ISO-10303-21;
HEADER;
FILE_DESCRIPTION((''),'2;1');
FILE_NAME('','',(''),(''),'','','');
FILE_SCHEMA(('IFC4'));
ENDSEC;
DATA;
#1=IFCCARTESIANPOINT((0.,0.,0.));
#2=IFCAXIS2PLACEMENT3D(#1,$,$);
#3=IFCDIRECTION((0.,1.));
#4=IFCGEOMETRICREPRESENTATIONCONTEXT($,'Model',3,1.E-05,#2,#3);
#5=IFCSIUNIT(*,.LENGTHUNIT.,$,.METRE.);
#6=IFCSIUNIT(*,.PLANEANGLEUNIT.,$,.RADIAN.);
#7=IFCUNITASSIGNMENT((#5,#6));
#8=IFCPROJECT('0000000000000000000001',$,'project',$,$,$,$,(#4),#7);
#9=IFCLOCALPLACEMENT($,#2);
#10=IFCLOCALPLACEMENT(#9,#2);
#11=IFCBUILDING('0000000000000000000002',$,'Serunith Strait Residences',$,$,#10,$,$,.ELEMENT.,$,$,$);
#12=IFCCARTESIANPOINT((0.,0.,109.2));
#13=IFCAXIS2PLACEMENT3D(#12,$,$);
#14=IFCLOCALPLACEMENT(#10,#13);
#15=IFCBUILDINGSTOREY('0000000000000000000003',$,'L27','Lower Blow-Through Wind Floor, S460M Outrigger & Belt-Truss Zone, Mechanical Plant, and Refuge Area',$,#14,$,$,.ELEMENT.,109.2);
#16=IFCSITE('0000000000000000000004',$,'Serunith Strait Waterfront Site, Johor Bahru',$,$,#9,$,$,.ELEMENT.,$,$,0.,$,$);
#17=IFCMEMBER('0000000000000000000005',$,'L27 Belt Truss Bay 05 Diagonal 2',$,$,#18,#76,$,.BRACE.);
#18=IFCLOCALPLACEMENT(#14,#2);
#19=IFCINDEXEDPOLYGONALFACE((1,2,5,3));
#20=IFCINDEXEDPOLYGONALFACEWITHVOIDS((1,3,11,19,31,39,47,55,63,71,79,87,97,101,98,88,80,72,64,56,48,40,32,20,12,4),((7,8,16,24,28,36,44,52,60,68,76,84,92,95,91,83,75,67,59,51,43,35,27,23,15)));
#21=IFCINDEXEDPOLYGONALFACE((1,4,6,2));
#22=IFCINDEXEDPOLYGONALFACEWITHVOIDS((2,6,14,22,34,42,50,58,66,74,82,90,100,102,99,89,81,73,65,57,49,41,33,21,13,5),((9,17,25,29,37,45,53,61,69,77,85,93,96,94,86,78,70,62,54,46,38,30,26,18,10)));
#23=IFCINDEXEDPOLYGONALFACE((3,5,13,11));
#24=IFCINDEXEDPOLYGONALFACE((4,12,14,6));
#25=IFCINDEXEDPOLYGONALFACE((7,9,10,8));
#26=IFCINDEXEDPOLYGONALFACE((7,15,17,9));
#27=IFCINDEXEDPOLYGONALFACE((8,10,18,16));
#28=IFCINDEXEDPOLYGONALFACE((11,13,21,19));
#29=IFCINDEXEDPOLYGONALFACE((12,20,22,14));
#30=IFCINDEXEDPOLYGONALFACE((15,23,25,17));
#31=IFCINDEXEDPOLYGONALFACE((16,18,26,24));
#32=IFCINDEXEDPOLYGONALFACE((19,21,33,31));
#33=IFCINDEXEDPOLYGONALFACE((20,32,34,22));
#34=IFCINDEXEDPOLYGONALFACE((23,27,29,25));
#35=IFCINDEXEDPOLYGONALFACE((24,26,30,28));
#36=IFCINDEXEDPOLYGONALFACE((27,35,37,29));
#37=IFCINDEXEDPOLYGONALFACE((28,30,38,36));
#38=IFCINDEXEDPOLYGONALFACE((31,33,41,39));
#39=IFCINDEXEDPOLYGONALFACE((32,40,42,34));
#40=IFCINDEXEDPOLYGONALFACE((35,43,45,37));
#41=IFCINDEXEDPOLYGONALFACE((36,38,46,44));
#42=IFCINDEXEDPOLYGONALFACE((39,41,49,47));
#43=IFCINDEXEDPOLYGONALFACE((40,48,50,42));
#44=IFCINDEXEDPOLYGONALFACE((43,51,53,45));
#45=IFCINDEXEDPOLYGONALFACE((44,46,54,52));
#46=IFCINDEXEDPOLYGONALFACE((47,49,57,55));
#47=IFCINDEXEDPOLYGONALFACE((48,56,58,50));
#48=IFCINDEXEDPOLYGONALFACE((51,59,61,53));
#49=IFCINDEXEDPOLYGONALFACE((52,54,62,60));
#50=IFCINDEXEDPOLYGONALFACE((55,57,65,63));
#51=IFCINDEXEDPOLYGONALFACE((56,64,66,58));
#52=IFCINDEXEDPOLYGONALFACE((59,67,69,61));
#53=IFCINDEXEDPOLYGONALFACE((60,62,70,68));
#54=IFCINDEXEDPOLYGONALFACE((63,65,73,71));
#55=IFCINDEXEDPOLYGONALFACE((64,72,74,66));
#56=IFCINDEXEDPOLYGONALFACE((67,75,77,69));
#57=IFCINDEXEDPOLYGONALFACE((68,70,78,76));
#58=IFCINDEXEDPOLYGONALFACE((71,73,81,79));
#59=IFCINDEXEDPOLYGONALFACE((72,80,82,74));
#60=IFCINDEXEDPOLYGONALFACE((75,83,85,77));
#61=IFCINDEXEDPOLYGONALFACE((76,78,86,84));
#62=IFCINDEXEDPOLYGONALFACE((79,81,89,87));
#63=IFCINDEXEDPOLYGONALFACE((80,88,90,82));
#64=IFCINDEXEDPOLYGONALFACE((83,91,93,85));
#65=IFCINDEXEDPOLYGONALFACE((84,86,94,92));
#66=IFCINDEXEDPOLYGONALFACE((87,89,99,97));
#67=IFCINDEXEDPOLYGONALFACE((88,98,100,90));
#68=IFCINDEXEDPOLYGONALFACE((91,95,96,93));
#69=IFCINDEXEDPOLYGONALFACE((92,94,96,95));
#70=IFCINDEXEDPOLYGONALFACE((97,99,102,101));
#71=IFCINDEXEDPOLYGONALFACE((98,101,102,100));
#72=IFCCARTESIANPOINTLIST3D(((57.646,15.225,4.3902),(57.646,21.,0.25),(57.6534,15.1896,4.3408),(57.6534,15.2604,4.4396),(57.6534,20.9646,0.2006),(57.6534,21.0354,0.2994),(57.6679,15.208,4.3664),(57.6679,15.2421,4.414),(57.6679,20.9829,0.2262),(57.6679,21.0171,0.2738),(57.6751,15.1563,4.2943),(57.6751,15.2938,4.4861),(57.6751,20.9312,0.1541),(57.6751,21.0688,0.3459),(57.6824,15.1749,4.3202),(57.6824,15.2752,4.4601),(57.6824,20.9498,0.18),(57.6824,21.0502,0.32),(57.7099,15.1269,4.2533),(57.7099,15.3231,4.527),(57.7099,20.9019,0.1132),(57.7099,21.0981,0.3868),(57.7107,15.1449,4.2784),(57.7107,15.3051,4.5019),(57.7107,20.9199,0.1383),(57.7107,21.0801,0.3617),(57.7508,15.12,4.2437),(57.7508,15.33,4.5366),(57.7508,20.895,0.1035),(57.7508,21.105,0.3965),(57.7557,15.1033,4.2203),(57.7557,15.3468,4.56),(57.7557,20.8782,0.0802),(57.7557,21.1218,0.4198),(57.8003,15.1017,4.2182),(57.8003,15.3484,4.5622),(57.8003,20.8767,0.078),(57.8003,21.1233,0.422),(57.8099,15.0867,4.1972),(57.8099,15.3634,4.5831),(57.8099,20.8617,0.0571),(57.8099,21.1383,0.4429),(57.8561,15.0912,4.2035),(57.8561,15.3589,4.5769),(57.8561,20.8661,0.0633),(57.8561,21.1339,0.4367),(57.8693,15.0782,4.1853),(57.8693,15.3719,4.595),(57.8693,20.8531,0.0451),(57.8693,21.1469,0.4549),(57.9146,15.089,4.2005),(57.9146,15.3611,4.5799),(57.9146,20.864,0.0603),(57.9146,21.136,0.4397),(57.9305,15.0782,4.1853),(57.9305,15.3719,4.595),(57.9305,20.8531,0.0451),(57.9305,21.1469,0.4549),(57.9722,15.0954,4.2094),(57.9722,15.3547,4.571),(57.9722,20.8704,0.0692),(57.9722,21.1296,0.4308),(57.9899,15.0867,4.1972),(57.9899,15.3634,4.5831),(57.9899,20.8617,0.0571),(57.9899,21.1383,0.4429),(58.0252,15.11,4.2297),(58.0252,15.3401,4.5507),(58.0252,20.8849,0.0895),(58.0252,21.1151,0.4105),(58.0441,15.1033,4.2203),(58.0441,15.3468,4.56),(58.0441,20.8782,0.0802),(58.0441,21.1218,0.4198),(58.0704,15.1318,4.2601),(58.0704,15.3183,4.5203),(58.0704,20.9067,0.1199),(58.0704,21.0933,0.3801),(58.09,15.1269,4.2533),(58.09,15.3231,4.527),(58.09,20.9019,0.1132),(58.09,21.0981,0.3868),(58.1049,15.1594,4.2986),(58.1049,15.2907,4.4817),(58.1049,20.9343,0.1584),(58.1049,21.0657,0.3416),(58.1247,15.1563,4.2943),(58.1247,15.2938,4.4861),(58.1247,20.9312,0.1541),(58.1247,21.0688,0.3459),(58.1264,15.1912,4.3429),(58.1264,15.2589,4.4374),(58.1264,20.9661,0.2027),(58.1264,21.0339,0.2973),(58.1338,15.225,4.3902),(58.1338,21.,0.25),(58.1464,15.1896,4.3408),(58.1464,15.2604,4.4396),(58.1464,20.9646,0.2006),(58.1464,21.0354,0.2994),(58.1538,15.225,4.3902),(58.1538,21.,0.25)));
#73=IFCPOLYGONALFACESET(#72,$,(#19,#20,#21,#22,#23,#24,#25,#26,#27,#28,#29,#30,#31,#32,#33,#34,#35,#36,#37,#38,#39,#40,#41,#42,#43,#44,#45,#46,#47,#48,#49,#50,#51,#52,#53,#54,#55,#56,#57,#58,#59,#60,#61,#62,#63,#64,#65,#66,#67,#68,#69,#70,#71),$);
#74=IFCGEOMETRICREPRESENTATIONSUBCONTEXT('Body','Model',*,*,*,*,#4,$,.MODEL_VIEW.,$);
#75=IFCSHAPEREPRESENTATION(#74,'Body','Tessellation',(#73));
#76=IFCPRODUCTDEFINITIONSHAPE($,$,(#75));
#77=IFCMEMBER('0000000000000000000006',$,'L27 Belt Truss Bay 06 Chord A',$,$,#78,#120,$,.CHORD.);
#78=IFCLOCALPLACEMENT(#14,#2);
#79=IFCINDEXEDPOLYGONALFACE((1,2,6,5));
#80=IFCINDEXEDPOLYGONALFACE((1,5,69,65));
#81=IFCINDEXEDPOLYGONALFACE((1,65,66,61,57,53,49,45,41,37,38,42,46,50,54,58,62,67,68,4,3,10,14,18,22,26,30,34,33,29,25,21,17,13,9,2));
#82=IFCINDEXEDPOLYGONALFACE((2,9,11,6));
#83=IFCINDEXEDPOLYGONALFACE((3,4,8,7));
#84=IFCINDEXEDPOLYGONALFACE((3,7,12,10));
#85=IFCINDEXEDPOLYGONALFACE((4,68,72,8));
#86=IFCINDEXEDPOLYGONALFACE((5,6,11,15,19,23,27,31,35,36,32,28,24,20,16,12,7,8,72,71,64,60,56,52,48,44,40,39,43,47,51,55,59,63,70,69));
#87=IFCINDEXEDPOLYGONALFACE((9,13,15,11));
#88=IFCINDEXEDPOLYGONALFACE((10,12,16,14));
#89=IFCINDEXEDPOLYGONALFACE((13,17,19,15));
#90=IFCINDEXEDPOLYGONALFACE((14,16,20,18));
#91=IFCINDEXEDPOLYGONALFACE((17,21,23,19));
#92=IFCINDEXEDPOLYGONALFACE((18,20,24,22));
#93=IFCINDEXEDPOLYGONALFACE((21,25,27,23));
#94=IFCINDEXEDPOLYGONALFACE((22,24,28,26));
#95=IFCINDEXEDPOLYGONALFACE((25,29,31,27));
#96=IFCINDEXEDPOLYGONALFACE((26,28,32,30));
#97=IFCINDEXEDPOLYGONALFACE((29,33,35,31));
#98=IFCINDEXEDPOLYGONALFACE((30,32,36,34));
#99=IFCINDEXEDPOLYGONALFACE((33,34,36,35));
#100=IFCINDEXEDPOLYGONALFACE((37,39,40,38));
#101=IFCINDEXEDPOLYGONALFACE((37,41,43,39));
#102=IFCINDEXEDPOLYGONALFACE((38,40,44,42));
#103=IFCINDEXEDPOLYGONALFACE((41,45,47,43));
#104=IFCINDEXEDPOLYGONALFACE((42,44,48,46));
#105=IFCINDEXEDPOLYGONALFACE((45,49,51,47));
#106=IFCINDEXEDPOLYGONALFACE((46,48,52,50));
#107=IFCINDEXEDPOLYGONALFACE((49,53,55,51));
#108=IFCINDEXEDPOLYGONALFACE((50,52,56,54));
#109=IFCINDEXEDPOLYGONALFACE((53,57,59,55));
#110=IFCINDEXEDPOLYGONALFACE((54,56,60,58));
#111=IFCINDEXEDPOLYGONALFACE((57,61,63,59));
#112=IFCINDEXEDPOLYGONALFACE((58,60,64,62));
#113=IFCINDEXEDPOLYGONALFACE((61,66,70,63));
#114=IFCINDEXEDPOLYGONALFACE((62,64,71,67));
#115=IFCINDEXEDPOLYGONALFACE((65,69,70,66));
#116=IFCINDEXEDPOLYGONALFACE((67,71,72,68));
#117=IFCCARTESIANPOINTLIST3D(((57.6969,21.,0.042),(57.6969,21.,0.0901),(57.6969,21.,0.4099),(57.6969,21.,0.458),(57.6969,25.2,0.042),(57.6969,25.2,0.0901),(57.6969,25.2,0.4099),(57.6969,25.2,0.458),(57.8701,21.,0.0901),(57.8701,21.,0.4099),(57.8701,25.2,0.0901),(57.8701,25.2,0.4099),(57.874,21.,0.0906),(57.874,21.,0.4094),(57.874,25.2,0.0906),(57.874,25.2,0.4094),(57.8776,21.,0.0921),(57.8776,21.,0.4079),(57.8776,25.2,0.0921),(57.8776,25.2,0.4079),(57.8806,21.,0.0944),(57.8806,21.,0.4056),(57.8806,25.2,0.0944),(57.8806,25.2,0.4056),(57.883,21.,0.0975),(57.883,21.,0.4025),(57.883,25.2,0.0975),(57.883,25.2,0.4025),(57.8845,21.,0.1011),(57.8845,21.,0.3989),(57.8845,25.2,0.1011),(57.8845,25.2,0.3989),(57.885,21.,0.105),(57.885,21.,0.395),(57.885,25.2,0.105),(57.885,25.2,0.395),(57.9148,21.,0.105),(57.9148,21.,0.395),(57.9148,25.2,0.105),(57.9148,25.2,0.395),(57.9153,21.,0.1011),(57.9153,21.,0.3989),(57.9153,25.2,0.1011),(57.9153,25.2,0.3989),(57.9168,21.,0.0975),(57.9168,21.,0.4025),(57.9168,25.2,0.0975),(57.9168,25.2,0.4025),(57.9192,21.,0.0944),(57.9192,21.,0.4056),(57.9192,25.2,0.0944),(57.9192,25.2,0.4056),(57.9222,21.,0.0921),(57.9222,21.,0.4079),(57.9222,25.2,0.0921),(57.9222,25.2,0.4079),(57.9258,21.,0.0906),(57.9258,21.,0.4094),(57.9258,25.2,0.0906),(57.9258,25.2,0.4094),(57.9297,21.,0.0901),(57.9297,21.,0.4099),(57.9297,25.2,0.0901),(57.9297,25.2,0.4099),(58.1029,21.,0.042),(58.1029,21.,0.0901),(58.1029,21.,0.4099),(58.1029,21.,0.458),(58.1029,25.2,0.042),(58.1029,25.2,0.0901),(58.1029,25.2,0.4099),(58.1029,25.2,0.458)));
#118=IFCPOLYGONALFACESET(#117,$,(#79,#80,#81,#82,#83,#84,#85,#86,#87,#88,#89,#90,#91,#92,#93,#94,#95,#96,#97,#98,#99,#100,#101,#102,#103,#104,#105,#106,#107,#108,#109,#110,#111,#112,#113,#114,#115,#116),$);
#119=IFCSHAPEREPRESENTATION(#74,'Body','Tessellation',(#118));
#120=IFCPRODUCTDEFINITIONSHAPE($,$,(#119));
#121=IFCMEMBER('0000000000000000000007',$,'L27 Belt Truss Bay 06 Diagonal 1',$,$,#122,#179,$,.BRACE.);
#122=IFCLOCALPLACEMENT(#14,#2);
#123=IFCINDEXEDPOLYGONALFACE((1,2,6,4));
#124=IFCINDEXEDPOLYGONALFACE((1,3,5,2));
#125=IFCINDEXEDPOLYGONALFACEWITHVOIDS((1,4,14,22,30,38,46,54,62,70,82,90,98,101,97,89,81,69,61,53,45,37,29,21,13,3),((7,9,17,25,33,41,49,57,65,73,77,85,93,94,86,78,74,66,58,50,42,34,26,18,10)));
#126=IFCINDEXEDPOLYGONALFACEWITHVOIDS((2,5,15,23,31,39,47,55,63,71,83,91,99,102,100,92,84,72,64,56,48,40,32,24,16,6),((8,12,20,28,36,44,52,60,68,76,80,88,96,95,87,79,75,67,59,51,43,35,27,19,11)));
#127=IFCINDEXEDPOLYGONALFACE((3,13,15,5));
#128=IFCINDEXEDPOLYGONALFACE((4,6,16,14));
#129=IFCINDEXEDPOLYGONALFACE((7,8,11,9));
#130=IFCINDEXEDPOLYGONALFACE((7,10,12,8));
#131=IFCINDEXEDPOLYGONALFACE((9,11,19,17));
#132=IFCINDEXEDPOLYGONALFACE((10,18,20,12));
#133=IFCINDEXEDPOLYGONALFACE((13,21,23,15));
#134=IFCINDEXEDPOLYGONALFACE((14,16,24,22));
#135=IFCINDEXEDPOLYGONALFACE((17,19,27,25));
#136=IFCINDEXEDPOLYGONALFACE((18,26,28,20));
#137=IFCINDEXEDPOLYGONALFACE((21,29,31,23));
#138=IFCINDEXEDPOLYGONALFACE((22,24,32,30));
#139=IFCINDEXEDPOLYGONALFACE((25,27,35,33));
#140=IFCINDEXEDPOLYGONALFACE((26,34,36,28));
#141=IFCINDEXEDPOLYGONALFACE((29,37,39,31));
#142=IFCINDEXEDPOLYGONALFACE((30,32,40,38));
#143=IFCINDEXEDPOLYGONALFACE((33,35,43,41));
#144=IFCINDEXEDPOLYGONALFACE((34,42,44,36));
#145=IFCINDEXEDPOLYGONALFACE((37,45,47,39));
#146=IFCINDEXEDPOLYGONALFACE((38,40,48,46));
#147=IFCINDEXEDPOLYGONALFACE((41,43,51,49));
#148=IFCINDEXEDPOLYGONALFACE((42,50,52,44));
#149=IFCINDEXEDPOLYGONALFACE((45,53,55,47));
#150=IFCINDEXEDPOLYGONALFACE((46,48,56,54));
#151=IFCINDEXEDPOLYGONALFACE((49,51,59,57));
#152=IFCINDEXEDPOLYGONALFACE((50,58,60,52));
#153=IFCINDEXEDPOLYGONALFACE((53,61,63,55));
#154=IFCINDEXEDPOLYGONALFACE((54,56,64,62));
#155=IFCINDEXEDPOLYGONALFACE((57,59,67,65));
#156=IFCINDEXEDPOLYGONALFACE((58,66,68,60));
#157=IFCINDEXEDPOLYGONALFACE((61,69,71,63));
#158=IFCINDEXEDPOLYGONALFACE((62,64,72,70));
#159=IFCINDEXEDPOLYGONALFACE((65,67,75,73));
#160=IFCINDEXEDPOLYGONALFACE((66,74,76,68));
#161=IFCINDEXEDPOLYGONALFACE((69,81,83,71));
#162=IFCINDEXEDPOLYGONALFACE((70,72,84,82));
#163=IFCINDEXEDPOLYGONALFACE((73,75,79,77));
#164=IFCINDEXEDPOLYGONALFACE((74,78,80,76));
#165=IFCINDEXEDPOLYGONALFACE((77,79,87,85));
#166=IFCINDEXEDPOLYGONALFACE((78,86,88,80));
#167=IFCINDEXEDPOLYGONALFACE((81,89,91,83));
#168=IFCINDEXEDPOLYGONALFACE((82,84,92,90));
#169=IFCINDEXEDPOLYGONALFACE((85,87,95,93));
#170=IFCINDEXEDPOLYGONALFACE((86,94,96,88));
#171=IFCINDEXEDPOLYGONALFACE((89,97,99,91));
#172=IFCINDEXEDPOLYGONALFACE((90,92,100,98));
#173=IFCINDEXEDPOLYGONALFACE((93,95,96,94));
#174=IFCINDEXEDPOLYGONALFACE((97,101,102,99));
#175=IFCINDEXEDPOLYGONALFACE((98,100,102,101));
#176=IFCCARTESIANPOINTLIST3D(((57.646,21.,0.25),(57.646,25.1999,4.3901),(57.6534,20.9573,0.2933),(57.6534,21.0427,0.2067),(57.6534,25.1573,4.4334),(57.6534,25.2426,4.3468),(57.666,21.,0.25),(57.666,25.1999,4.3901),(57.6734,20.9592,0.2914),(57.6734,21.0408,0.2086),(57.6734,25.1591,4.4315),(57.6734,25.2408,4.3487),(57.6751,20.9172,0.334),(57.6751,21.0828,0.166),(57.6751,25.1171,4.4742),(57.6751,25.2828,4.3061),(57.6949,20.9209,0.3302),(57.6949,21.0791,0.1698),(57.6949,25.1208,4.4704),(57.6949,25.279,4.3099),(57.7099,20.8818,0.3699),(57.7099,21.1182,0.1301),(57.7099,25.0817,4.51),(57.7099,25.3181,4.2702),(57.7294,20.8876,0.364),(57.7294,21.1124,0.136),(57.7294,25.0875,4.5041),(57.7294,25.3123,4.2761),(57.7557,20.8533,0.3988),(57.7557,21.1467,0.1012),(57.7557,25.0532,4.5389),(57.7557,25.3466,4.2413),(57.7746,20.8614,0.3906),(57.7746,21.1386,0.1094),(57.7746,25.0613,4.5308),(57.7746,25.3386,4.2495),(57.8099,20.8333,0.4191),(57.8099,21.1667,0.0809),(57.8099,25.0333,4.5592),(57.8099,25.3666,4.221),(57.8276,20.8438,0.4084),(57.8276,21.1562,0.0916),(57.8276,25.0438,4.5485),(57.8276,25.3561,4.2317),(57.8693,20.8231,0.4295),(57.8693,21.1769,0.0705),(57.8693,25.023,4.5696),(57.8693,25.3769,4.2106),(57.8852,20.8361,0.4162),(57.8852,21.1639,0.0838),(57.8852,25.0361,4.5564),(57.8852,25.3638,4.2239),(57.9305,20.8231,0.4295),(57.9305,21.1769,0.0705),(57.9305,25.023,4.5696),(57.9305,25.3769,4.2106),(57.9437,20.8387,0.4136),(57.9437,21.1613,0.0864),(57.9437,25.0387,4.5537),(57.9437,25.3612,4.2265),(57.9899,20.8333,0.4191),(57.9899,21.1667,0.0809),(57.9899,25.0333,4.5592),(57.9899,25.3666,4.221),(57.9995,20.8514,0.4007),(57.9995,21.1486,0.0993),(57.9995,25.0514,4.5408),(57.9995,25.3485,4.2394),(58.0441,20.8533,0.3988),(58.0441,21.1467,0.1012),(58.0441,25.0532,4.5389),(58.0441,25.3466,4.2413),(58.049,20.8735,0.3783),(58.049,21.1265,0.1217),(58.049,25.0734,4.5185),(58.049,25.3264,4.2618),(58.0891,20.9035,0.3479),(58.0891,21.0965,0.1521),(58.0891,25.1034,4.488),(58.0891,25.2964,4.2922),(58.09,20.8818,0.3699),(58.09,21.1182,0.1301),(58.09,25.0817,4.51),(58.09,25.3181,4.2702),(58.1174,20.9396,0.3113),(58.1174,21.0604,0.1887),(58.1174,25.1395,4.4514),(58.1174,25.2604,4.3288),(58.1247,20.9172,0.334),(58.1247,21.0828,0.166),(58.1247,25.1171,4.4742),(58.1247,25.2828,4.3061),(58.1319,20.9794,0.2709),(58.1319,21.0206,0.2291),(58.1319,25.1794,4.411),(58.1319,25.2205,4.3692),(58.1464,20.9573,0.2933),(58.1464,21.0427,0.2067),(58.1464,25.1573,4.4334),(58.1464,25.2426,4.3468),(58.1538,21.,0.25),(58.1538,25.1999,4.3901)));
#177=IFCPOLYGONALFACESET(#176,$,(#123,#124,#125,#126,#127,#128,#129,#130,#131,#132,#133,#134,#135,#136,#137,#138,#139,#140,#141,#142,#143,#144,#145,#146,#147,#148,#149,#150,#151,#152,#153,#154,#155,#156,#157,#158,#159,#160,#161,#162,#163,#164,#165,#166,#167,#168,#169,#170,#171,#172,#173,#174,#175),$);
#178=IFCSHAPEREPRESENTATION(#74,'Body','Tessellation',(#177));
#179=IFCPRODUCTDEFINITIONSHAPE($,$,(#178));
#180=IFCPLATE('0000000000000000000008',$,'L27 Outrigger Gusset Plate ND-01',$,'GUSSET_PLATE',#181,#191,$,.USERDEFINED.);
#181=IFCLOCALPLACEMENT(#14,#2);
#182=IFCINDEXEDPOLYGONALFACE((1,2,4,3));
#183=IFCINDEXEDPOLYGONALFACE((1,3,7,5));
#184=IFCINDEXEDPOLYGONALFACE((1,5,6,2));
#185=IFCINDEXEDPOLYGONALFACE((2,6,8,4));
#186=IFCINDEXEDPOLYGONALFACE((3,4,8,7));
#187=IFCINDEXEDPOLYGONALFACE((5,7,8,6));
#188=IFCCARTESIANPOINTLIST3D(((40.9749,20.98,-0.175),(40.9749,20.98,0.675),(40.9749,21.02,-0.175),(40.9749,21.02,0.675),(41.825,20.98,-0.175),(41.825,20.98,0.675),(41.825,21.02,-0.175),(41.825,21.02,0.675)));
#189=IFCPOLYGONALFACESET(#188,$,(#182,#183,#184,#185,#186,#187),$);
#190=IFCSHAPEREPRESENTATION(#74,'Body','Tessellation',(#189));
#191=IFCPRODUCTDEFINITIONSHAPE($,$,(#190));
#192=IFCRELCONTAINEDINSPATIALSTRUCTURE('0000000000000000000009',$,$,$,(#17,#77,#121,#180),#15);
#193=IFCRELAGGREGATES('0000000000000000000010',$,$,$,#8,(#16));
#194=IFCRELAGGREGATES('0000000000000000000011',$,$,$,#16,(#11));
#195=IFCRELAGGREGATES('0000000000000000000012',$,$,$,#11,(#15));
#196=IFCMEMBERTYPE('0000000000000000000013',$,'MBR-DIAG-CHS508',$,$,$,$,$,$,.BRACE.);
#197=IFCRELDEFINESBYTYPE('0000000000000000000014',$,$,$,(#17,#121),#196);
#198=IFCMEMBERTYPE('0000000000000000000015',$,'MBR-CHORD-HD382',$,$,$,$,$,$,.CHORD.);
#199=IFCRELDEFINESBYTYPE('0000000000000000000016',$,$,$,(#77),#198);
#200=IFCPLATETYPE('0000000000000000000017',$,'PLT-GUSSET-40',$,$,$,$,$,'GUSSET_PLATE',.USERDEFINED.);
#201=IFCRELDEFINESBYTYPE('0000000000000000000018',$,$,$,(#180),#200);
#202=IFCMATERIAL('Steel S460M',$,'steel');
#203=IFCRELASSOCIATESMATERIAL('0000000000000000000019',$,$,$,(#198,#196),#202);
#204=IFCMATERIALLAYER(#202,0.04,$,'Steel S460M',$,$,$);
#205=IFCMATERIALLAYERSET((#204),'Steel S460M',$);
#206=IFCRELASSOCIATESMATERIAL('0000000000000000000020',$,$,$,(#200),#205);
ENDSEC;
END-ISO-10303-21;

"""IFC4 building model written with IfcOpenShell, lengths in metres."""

from ifc_helpers import new_model, si_unit, direction, frame, origin, origin_2d, place, context, subcontext, project, spatial, rectangle, hollow_circle, i_section, extrude, source, transform, mapped, material, layer, layer_set, material_profile, profile_set, type_object, element, save


model = new_model("IFC4")

# Units and contexts
model_context = context("Model", 3, precision=1e-05, world=origin(), true_north=direction((0.0, 1.0)))
body_context = subcontext(model_context, "Body", "Model", "MODEL_VIEW")
ifc_project = project(units=[si_unit("LENGTHUNIT", "METRE"), si_unit("PLANEANGLEUNIT", "RADIAN")], contexts=[model_context])

# Site, building, storey
site_placement = place(None, origin())
site = spatial("IfcSite", under=ifc_project, at=site_placement, Name="Serunith Strait Waterfront Site, Johor Bahru", CompositionType="ELEMENT", RefElevation=0.0)
building_placement = place(site_placement, origin())
building = spatial("IfcBuilding", under=site, at=building_placement, Name="Serunith Strait Residences", CompositionType="ELEMENT")
storey_placement = place(building_placement, frame((0.0, 0.0, 109.2)))
storey = spatial("IfcBuildingStorey", under=building, at=storey_placement, Name="L27", Description="Lower Blow-Through Wind Floor, S460M Outrigger & Belt-Truss Zone, Mechanical Plant, and Refuge Area", CompositionType="ELEMENT", Elevation=109.2)

# Members
ifc_material_1 = material(Name="Steel S460M", Category="steel")
ifc_material_profile_1 = material_profile(ifc_material_1, i_section(OverallWidth=0.406, OverallDepth=0.416, WebThickness=0.0298, FlangeThickness=0.0481, FilletRadius=0.0149, at=origin_2d()), Name="HD 400x382")
ifc_profile_set_1 = profile_set([ifc_material_profile_1], Name="Steel S460M")
member_type_1 = type_object("IfcMemberType", Name="MBR-CHORD-HD382", PredefinedType="CHORD", material=ifc_profile_set_1)
ifc_material_profile_2 = material_profile(ifc_material_1, hollow_circle(Radius=0.2539, WallThickness=0.02, at=origin_2d()), Name="CHS 508x20")
ifc_profile_set_2 = profile_set([ifc_material_profile_2], Name="Steel S460M")
member_type_2 = type_object("IfcMemberType", Name="MBR-DIAG-CHS508", PredefinedType="BRACE", material=ifc_profile_set_2)
shared_shape_1 = source(origin(), body_context, "Body", "SweptSolid", [
    extrude(hollow_circle(Radius=0.2539, WallThickness=0.02, at=origin_2d()), origin(), (0.0, 0.0, 1.0), 7.1057),
])
member_1_placement = place(storey_placement, frame((57.8999, 21.0, 0.25), z_axis=(0.0, -0.81272, 0.582654), x_axis=(1.0, 0.0, 0.0)))
element("IfcMember", 1, at=member_1_placement, inside=storey, type_object=member_type_2, Name="L27 Belt Truss Bay 05 Diagonal 2", PredefinedType="BRACE", context=body_context, shape_type="MappedRepresentation", body=[
    mapped(shared_shape_1, transform((0.0, 0.0, 0.0), scale=1.0)),
])
shared_shape_2 = source(origin(), body_context, "Body", "SweptSolid", [
    extrude(i_section(OverallWidth=0.406, OverallDepth=0.416, WebThickness=0.0298, FlangeThickness=0.0481, FilletRadius=0.0149, at=origin_2d()), origin(), (0.0, 0.0, 1.0), 4.2),
])
member_2_placement = place(storey_placement, frame((57.8999, 21.0, 0.25), z_axis=(0.0, 1.0, 0.0), x_axis=(-1.0, 0.0, 0.0)))
element("IfcMember", 2, at=member_2_placement, inside=storey, type_object=member_type_1, Name="L27 Belt Truss Bay 06 Chord A", PredefinedType="CHORD", context=body_context, shape_type="MappedRepresentation", body=[
    mapped(shared_shape_2, transform((0.0, 0.0, 0.0), scale=1.0)),
])
shared_shape_3 = source(origin(), body_context, "Body", "SweptSolid", [
    extrude(hollow_circle(Radius=0.2539, WallThickness=0.02, at=origin_2d()), origin(), (0.0, 0.0, 1.0), 5.8975),
])
member_3_placement = place(storey_placement, frame((57.8999, 21.0, 0.25), z_axis=(0.0, 0.71216, 0.702017), x_axis=(-1.0, 0.0, 0.0)))
element("IfcMember", 3, at=member_3_placement, inside=storey, type_object=member_type_2, Name="L27 Belt Truss Bay 06 Diagonal 1", PredefinedType="BRACE", context=body_context, shape_type="MappedRepresentation", body=[
    mapped(shared_shape_3, transform((0.0, 0.0, 0.0), scale=1.0)),
])

# Plate
ifc_layer_1 = layer(ifc_material_1, 0.04, Name="Steel S460M")
ifc_layer_set_1 = layer_set([ifc_layer_1], Name="Steel S460M")
plate_type_1 = type_object("IfcPlateType", Name="PLT-GUSSET-40", ElementType="GUSSET_PLATE", PredefinedType="USERDEFINED", material=ifc_layer_set_1)
shared_shape_4 = source(origin(), body_context, "Body", "SweptSolid", [
    extrude(rectangle(XDim=0.8501, YDim=0.04, at=origin_2d()), origin(), (0.0, 0.0, 1.0), 0.8501),
])
for number, where, z_axis, x_axis, name in (
    (4, (41.3999, 21.0, -0.175), (0.0, 0.0, 1.0), (1.0, 0.0, 0.0), "L27 Outrigger Gusset Plate ND-01"),
):
    element("IfcPlate", number, at=place(storey_placement, frame(where, z_axis=z_axis, x_axis=x_axis)), inside=storey, type_object=plate_type_1, Name=name, ObjectType="GUSSET_PLATE", PredefinedType="USERDEFINED", context=body_context, shape_type="MappedRepresentation", body=[
        mapped(shared_shape_4, transform((0.0, 0.0, 0.0), scale=1.0)),
    ])

save(model, "model.ifc")
